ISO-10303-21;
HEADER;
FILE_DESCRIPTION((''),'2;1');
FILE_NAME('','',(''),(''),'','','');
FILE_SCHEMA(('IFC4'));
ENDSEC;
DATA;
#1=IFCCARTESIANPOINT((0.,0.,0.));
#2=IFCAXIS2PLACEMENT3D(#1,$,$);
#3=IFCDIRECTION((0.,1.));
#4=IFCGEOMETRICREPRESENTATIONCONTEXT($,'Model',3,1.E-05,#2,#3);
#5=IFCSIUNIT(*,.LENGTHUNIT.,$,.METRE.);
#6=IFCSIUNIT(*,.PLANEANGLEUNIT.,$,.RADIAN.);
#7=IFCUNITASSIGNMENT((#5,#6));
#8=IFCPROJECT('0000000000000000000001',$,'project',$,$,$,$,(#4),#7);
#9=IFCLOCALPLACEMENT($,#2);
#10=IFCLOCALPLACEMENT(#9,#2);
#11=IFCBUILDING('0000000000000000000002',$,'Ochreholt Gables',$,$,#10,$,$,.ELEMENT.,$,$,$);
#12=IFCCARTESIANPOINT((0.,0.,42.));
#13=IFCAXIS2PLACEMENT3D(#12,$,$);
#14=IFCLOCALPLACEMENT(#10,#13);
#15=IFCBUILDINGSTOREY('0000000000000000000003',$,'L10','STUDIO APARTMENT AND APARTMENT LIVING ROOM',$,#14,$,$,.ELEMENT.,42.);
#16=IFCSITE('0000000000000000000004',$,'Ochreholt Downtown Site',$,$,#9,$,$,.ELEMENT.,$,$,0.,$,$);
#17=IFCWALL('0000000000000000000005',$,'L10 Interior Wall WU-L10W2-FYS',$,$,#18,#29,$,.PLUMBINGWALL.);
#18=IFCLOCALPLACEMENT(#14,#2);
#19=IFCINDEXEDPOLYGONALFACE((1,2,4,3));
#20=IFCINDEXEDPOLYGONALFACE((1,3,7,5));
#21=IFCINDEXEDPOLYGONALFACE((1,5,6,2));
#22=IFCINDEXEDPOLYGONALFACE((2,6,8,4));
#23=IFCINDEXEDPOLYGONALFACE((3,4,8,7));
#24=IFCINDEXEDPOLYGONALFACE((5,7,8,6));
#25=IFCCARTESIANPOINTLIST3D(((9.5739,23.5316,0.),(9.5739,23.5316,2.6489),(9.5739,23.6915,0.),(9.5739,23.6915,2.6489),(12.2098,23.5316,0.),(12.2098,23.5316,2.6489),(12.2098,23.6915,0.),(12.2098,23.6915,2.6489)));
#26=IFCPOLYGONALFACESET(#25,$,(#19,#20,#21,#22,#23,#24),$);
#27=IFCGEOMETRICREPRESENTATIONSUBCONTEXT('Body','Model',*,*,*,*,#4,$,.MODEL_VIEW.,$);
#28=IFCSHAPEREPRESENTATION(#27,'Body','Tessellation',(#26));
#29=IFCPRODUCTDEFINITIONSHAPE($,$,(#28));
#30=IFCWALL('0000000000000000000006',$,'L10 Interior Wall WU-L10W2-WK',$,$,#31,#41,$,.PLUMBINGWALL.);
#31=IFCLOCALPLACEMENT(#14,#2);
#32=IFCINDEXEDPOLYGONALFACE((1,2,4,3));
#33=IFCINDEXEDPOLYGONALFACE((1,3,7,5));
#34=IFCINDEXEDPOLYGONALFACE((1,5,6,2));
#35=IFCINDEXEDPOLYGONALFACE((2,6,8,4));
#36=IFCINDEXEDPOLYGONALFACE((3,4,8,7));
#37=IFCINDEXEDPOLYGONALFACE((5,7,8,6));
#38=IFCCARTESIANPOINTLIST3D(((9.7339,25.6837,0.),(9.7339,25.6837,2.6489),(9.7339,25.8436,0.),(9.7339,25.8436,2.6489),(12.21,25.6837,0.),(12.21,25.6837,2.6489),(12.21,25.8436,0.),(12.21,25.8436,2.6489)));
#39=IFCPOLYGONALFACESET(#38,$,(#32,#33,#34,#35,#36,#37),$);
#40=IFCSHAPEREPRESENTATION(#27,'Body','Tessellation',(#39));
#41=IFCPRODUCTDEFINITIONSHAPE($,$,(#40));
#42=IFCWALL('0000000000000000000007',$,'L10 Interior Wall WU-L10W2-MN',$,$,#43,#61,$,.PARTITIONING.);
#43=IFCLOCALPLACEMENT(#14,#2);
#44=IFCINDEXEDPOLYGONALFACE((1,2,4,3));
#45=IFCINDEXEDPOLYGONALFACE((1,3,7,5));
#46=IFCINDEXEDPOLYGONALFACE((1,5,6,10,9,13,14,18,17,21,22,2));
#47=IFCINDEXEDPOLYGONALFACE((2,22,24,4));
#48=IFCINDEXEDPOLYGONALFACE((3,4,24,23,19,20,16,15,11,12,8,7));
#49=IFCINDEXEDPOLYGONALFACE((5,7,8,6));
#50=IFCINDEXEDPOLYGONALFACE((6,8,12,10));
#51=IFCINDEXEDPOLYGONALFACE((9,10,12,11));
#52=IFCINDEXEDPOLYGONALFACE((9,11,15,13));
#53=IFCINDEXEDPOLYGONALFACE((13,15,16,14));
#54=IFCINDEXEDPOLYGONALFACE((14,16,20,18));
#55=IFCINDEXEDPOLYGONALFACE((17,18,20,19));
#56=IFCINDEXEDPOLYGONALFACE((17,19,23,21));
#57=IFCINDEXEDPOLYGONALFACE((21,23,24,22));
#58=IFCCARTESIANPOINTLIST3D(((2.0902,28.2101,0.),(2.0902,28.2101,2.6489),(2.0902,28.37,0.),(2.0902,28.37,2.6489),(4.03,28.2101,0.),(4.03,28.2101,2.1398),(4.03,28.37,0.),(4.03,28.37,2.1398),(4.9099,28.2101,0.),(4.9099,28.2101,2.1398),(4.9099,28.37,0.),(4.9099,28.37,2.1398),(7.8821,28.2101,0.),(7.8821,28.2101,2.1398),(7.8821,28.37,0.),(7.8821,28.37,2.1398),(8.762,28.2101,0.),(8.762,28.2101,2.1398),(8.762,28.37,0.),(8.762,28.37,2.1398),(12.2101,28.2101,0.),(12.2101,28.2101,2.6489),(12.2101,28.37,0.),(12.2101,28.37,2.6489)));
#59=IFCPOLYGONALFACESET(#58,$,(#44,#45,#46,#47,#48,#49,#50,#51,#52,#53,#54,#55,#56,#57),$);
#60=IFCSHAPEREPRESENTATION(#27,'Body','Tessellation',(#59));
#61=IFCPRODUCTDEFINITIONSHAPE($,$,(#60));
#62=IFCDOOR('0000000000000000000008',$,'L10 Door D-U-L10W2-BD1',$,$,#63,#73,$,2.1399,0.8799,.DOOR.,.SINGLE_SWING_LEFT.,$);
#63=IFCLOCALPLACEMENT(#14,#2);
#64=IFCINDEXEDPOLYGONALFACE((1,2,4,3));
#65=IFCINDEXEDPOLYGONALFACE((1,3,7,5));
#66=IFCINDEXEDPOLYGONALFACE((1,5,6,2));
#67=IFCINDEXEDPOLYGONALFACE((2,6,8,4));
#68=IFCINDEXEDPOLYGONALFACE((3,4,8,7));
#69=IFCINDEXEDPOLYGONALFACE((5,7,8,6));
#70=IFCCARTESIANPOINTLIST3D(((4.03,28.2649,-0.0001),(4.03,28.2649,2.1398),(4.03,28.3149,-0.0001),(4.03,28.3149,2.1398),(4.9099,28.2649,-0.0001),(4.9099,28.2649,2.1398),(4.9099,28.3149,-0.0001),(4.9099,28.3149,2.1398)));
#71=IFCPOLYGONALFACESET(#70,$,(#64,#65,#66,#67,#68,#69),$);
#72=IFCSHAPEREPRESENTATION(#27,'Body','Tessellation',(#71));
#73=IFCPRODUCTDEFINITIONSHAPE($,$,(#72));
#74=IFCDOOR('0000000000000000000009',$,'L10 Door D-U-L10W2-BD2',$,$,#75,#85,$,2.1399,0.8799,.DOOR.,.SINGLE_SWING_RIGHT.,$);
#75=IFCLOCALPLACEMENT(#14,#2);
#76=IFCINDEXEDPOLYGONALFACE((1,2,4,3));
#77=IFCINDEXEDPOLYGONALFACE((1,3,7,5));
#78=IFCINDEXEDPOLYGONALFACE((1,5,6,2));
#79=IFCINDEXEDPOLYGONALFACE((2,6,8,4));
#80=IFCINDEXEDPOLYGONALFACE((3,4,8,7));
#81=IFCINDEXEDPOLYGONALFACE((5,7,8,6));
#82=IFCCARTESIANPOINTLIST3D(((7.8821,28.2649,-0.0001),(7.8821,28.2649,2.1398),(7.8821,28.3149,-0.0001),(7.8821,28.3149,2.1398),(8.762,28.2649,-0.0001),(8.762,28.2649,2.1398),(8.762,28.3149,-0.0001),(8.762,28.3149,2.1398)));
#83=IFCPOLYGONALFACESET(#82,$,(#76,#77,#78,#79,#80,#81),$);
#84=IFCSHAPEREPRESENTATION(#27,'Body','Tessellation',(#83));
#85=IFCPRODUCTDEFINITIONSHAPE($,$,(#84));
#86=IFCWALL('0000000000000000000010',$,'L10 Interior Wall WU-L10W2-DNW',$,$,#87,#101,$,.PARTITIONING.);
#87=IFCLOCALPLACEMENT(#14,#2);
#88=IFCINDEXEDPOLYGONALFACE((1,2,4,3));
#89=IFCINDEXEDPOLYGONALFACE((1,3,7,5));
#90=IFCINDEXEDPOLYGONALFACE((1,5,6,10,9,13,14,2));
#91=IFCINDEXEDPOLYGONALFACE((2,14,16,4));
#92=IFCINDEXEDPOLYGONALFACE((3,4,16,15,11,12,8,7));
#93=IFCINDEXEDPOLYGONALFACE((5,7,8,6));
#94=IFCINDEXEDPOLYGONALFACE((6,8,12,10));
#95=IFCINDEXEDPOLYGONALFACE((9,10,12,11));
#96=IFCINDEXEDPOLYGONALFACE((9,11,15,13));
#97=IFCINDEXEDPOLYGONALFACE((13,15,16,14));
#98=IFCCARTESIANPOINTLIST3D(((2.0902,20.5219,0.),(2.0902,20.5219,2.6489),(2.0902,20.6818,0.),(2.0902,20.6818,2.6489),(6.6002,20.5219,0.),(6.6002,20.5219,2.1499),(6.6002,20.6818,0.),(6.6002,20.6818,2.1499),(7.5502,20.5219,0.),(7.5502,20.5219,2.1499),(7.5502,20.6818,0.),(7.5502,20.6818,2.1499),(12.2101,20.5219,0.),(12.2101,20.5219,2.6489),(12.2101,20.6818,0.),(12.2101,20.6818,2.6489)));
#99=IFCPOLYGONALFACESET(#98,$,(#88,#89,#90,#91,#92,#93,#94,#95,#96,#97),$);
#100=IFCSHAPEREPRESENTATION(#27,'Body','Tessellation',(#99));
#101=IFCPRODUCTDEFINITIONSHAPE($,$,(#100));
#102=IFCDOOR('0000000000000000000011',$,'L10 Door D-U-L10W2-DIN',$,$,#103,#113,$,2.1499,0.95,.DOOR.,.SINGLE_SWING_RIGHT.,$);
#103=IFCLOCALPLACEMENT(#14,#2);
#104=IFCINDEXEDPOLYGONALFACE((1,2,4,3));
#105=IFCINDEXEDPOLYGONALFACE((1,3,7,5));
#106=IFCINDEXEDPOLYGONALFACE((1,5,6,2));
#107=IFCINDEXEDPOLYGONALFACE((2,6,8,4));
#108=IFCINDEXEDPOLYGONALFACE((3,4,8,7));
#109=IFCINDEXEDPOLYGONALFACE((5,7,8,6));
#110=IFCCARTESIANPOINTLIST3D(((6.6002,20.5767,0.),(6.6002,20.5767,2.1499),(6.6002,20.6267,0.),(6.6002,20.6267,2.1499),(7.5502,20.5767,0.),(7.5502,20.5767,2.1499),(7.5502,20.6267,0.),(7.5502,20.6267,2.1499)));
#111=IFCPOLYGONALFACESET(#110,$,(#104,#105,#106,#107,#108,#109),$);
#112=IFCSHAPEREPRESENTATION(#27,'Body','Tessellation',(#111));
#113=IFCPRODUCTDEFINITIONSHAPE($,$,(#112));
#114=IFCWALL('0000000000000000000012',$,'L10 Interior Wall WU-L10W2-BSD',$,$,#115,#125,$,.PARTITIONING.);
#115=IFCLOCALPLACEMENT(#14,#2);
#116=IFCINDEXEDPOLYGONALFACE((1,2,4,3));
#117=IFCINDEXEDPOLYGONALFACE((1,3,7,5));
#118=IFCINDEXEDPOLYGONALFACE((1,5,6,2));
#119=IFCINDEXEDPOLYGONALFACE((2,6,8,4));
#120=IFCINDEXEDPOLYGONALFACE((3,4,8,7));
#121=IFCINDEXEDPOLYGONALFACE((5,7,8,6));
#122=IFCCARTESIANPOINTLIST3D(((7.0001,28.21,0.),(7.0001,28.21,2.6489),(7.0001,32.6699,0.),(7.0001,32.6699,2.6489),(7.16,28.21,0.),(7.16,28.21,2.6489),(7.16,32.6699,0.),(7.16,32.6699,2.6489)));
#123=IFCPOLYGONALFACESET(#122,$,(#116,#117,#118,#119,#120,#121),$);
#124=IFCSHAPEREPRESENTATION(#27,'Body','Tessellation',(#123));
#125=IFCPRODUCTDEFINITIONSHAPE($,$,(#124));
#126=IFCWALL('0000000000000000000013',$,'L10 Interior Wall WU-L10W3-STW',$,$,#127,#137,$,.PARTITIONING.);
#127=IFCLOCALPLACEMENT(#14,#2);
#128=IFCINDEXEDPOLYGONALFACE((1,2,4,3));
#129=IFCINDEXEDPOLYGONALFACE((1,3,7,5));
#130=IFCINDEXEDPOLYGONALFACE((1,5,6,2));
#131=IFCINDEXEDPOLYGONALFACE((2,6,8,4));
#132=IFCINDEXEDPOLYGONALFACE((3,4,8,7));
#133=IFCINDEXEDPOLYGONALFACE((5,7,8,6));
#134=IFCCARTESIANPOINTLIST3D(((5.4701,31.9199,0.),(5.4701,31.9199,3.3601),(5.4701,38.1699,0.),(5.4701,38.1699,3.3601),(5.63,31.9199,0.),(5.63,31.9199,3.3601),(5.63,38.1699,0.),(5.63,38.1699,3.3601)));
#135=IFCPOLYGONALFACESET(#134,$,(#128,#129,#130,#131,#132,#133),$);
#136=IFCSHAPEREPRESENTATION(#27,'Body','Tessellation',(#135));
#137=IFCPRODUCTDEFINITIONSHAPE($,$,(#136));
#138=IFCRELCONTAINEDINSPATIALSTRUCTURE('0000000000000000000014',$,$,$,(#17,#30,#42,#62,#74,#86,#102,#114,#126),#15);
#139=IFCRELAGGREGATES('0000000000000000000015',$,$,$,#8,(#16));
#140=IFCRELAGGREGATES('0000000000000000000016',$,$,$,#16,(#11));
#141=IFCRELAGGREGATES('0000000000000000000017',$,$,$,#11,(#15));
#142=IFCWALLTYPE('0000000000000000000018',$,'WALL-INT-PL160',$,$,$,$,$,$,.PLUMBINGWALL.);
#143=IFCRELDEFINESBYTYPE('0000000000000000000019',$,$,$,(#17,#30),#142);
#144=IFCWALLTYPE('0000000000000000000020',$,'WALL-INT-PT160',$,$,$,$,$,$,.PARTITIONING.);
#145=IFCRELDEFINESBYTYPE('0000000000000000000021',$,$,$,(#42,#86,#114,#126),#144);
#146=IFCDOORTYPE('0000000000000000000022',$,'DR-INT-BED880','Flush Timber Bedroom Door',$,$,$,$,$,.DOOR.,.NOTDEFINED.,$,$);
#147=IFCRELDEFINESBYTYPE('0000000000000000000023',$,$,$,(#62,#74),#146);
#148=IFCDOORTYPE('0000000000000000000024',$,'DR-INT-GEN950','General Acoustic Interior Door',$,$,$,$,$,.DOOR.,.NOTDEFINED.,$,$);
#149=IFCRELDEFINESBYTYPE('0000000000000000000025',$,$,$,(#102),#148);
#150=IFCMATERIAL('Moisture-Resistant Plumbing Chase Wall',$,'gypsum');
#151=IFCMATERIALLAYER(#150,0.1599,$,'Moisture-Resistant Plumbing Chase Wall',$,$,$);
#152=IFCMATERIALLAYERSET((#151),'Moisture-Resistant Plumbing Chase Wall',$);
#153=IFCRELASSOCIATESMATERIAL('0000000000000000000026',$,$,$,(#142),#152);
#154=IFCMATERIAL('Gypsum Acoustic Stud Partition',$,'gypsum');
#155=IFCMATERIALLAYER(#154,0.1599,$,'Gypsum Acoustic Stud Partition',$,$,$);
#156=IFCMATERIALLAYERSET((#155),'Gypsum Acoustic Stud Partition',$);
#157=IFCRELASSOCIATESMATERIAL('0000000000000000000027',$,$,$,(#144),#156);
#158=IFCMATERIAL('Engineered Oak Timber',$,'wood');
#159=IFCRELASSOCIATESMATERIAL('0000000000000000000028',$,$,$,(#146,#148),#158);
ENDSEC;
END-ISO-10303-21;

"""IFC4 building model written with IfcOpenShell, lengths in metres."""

from ifc_helpers import new_model, si_unit, direction, frame, frame_2d, origin, place, context, subcontext, project, spatial, rectangle, extrude, material, layer, layer_set, type_object, element, fill, save


model = new_model("IFC4")

# Units and contexts
model_context = context("Model", 3, precision=1e-05, world=origin(), true_north=direction((0.0, 1.0)))
body_context = subcontext(model_context, "Body", "Model", "MODEL_VIEW")
ifc_project = project(units=[si_unit("LENGTHUNIT", "METRE"), si_unit("PLANEANGLEUNIT", "RADIAN")], contexts=[model_context])

# Site, building, storey
site_placement = place(None, origin())
site = spatial("IfcSite", under=ifc_project, at=site_placement, Name="Ochreholt Downtown Site", CompositionType="ELEMENT", RefElevation=0.0)
building_placement = place(site_placement, origin())
building = spatial("IfcBuilding", under=site, at=building_placement, Name="Ochreholt Gables", CompositionType="ELEMENT")
storey_placement = place(building_placement, frame((0.0, 0.0, 42.0)))
storey = spatial("IfcBuildingStorey", under=building, at=storey_placement, Name="L10", Description="STUDIO APARTMENT AND APARTMENT LIVING ROOM", CompositionType="ELEMENT", Elevation=42.0)

# Wall
ifc_material_1 = material(Name="Moisture-Resistant Plumbing Chase Wall", Category="gypsum")
ifc_layer_1 = layer(ifc_material_1, 0.1599, Name="Moisture-Resistant Plumbing Chase Wall")
ifc_layer_set_1 = layer_set([ifc_layer_1], Name="Moisture-Resistant Plumbing Chase Wall")
wall_type_1 = type_object("IfcWallType", Name="WALL-INT-PL160", PredefinedType="PLUMBINGWALL", material=ifc_layer_set_1)
wall_1_placement = place(storey_placement, frame((9.574, 23.6116, 0.0), z_axis=(0.0, 0.0, 1.0), x_axis=(1.0, 0.0, 0.0)))
element("IfcWall", 1, at=wall_1_placement, inside=storey, type_object=wall_type_1, Name="L10 Interior Wall WU-L10W2-FYS", PredefinedType="PLUMBINGWALL", context=body_context, shape_type="SweptSolid", body=[
    extrude(rectangle(XDim=2.636, YDim=0.1599, at=frame_2d((1.3179, 0.0))), origin(), (0.0, 0.0, 1.0), 2.6489),
])

# Shared definitions
ifc_material_2 = material(Name="Engineered Oak Timber", Category="wood")

# Wall
wall_2_placement = place(storey_placement, frame((9.7339, 25.7637, 0.0), z_axis=(0.0, 0.0, 1.0), x_axis=(1.0, 0.0, 0.0)))
element("IfcWall", 2, at=wall_2_placement, inside=storey, type_object=wall_type_1, Name="L10 Interior Wall WU-L10W2-WK", PredefinedType="PLUMBINGWALL", context=body_context, shape_type="SweptSolid", body=[
    extrude(rectangle(XDim=2.4761, YDim=0.1599, at=frame_2d((1.238, 0.0))), origin(), (0.0, 0.0, 1.0), 2.6489),
])

# Wall, openings, doors
ifc_material_3 = material(Name="Gypsum Acoustic Stud Partition", Category="gypsum")
ifc_layer_2 = layer(ifc_material_3, 0.1599, Name="Gypsum Acoustic Stud Partition")
ifc_layer_set_2 = layer_set([ifc_layer_2], Name="Gypsum Acoustic Stud Partition")
wall_type_2 = type_object("IfcWallType", Name="WALL-INT-PT160", PredefinedType="PARTITIONING", material=ifc_layer_set_2)
wall_3_placement = place(storey_placement, frame((2.0901, 28.29, 0.0), z_axis=(0.0, 0.0, 1.0), x_axis=(1.0, 0.0, 0.0)))
wall_3 = element("IfcWall", 3, at=wall_3_placement, inside=storey, type_object=wall_type_2, Name="L10 Interior Wall WU-L10W2-MN", PredefinedType="PARTITIONING", context=body_context, shape_type="SweptSolid", body=[
    extrude(rectangle(XDim=10.1199, YDim=0.1599, at=frame_2d((5.0601, 0.0))), origin(), (0.0, 0.0, 1.0), 2.6489),
])
opening_1_placement = place(wall_3_placement, frame((1.9399, 0.0, 0.0)))
opening_1 = element("IfcOpeningElement", 4, at=opening_1_placement, cuts=wall_3, PredefinedType="OPENING", context=body_context, shape_type="SweptSolid", body=[
    extrude(rectangle(XDim=0.8799, YDim=2.1399, at=frame_2d((0.4399, 1.0698))), frame((0.0, 0.0898, 0.0), z_axis=(0.0, -1.0, 0.0), x_axis=(1.0, 0.0, 0.0)), (0.0, 0.0, 1.0), 0.1799),
])
opening_2_placement = place(wall_3_placement, frame((5.792, 0.0, 0.0)))
opening_2 = element("IfcOpeningElement", 5, at=opening_2_placement, cuts=wall_3, PredefinedType="OPENING", context=body_context, shape_type="SweptSolid", body=[
    extrude(rectangle(XDim=0.8799, YDim=2.1399, at=frame_2d((0.4399, 1.0698))), frame((0.0, 0.0898, 0.0), z_axis=(0.0, -1.0, 0.0), x_axis=(1.0, 0.0, 0.0)), (0.0, 0.0, 1.0), 0.1799),
])
door_type_1 = type_object("IfcDoorType", Name="DR-INT-BED880", Description="Flush Timber Bedroom Door", OperationType="NOTDEFINED", PredefinedType="DOOR", material=ifc_material_2)
door_1_placement = place(opening_1_placement, origin())
door_1 = element("IfcDoor", 6, at=door_1_placement, inside=storey, type_object=door_type_1, Name="L10 Door D-U-L10W2-BD1", OperationType="SINGLE_SWING_LEFT", OverallHeight=2.1399, OverallWidth=0.8799, PredefinedType="DOOR", context=body_context, shape_type="SweptSolid", body=[
    extrude(rectangle(XDim=0.8799, YDim=2.1399, at=frame_2d((0.4399, 1.0698))), frame((0.0, 0.0249, 0.0), z_axis=(0.0, -1.0, 0.0), x_axis=(1.0, 0.0, 0.0)), (0.0, 0.0, 1.0), 0.05),
])
fill(opening_1, door_1)
door_2_placement = place(opening_2_placement, origin())
door_2 = element("IfcDoor", 7, at=door_2_placement, inside=storey, type_object=door_type_1, Name="L10 Door D-U-L10W2-BD2", OperationType="SINGLE_SWING_RIGHT", OverallHeight=2.1399, OverallWidth=0.8799, PredefinedType="DOOR", context=body_context, shape_type="SweptSolid", body=[
    extrude(rectangle(XDim=0.8799, YDim=2.1399, at=frame_2d((0.4399, 1.0698))), frame((0.0, 0.0249, 0.0), z_axis=(0.0, -1.0, 0.0), x_axis=(1.0, 0.0, 0.0)), (0.0, 0.0, 1.0), 0.05),
])
fill(opening_2, door_2)

# Wall, opening, door
wall_4_placement = place(storey_placement, frame((2.0901, 20.6018, 0.0), z_axis=(0.0, 0.0, 1.0), x_axis=(1.0, 0.0, 0.0)))
wall_4 = element("IfcWall", 8, at=wall_4_placement, inside=storey, type_object=wall_type_2, Name="L10 Interior Wall WU-L10W2-DNW", PredefinedType="PARTITIONING", context=body_context, shape_type="SweptSolid", body=[
    extrude(rectangle(XDim=10.1199, YDim=0.1599, at=frame_2d((5.0601, 0.0))), origin(), (0.0, 0.0, 1.0), 2.6489),
])
opening_3_placement = place(wall_4_placement, frame((4.51, 0.0, 0.0)))
opening_3 = element("IfcOpeningElement", 9, at=opening_3_placement, cuts=wall_4, PredefinedType="OPENING", context=body_context, shape_type="SweptSolid", body=[
    extrude(rectangle(XDim=0.95, YDim=2.1499, at=frame_2d((0.4751, 1.075))), frame((0.0, 0.0898, 0.0), z_axis=(0.0, -1.0, 0.0), x_axis=(1.0, 0.0, 0.0)), (0.0, 0.0, 1.0), 0.1799),
])
door_type_2 = type_object("IfcDoorType", Name="DR-INT-GEN950", Description="General Acoustic Interior Door", OperationType="NOTDEFINED", PredefinedType="DOOR", material=ifc_material_2)
door_3_placement = place(opening_3_placement, origin())
door_3 = element("IfcDoor", 10, at=door_3_placement, inside=storey, type_object=door_type_2, Name="L10 Door D-U-L10W2-DIN", OperationType="SINGLE_SWING_RIGHT", OverallHeight=2.1499, OverallWidth=0.95, PredefinedType="DOOR", context=body_context, shape_type="SweptSolid", body=[
    extrude(rectangle(XDim=0.95, YDim=2.1499, at=frame_2d((0.4751, 1.075))), frame((0.0, 0.0249, 0.0), z_axis=(0.0, -1.0, 0.0), x_axis=(1.0, 0.0, 0.0)), (0.0, 0.0, 1.0), 0.05),
])
fill(opening_3, door_3)

# Walls
wall_5_placement = place(storey_placement, frame((7.0801, 28.21, 0.0), z_axis=(0.0, 0.0, 1.0), x_axis=(0.0, 1.0, 0.0)))
element("IfcWall", 11, at=wall_5_placement, inside=storey, type_object=wall_type_2, Name="L10 Interior Wall WU-L10W2-BSD", PredefinedType="PARTITIONING", context=body_context, shape_type="SweptSolid", body=[
    extrude(rectangle(XDim=4.46, YDim=0.1599, at=frame_2d((2.23, 0.0))), origin(), (0.0, 0.0, 1.0), 2.6489),
])
wall_6_placement = place(storey_placement, frame((5.55, 31.9199, 0.0), z_axis=(0.0, 0.0, 1.0), x_axis=(0.0, 1.0, 0.0)))
element("IfcWall", 12, at=wall_6_placement, inside=storey, type_object=wall_type_2, Name="L10 Interior Wall WU-L10W3-STW", PredefinedType="PARTITIONING", context=body_context, shape_type="SweptSolid", body=[
    extrude(rectangle(XDim=6.25, YDim=0.1599, at=frame_2d((3.125, 0.0))), origin(), (0.0, 0.0, 1.0), 3.3601),
])

save(model, "model.ifc")
